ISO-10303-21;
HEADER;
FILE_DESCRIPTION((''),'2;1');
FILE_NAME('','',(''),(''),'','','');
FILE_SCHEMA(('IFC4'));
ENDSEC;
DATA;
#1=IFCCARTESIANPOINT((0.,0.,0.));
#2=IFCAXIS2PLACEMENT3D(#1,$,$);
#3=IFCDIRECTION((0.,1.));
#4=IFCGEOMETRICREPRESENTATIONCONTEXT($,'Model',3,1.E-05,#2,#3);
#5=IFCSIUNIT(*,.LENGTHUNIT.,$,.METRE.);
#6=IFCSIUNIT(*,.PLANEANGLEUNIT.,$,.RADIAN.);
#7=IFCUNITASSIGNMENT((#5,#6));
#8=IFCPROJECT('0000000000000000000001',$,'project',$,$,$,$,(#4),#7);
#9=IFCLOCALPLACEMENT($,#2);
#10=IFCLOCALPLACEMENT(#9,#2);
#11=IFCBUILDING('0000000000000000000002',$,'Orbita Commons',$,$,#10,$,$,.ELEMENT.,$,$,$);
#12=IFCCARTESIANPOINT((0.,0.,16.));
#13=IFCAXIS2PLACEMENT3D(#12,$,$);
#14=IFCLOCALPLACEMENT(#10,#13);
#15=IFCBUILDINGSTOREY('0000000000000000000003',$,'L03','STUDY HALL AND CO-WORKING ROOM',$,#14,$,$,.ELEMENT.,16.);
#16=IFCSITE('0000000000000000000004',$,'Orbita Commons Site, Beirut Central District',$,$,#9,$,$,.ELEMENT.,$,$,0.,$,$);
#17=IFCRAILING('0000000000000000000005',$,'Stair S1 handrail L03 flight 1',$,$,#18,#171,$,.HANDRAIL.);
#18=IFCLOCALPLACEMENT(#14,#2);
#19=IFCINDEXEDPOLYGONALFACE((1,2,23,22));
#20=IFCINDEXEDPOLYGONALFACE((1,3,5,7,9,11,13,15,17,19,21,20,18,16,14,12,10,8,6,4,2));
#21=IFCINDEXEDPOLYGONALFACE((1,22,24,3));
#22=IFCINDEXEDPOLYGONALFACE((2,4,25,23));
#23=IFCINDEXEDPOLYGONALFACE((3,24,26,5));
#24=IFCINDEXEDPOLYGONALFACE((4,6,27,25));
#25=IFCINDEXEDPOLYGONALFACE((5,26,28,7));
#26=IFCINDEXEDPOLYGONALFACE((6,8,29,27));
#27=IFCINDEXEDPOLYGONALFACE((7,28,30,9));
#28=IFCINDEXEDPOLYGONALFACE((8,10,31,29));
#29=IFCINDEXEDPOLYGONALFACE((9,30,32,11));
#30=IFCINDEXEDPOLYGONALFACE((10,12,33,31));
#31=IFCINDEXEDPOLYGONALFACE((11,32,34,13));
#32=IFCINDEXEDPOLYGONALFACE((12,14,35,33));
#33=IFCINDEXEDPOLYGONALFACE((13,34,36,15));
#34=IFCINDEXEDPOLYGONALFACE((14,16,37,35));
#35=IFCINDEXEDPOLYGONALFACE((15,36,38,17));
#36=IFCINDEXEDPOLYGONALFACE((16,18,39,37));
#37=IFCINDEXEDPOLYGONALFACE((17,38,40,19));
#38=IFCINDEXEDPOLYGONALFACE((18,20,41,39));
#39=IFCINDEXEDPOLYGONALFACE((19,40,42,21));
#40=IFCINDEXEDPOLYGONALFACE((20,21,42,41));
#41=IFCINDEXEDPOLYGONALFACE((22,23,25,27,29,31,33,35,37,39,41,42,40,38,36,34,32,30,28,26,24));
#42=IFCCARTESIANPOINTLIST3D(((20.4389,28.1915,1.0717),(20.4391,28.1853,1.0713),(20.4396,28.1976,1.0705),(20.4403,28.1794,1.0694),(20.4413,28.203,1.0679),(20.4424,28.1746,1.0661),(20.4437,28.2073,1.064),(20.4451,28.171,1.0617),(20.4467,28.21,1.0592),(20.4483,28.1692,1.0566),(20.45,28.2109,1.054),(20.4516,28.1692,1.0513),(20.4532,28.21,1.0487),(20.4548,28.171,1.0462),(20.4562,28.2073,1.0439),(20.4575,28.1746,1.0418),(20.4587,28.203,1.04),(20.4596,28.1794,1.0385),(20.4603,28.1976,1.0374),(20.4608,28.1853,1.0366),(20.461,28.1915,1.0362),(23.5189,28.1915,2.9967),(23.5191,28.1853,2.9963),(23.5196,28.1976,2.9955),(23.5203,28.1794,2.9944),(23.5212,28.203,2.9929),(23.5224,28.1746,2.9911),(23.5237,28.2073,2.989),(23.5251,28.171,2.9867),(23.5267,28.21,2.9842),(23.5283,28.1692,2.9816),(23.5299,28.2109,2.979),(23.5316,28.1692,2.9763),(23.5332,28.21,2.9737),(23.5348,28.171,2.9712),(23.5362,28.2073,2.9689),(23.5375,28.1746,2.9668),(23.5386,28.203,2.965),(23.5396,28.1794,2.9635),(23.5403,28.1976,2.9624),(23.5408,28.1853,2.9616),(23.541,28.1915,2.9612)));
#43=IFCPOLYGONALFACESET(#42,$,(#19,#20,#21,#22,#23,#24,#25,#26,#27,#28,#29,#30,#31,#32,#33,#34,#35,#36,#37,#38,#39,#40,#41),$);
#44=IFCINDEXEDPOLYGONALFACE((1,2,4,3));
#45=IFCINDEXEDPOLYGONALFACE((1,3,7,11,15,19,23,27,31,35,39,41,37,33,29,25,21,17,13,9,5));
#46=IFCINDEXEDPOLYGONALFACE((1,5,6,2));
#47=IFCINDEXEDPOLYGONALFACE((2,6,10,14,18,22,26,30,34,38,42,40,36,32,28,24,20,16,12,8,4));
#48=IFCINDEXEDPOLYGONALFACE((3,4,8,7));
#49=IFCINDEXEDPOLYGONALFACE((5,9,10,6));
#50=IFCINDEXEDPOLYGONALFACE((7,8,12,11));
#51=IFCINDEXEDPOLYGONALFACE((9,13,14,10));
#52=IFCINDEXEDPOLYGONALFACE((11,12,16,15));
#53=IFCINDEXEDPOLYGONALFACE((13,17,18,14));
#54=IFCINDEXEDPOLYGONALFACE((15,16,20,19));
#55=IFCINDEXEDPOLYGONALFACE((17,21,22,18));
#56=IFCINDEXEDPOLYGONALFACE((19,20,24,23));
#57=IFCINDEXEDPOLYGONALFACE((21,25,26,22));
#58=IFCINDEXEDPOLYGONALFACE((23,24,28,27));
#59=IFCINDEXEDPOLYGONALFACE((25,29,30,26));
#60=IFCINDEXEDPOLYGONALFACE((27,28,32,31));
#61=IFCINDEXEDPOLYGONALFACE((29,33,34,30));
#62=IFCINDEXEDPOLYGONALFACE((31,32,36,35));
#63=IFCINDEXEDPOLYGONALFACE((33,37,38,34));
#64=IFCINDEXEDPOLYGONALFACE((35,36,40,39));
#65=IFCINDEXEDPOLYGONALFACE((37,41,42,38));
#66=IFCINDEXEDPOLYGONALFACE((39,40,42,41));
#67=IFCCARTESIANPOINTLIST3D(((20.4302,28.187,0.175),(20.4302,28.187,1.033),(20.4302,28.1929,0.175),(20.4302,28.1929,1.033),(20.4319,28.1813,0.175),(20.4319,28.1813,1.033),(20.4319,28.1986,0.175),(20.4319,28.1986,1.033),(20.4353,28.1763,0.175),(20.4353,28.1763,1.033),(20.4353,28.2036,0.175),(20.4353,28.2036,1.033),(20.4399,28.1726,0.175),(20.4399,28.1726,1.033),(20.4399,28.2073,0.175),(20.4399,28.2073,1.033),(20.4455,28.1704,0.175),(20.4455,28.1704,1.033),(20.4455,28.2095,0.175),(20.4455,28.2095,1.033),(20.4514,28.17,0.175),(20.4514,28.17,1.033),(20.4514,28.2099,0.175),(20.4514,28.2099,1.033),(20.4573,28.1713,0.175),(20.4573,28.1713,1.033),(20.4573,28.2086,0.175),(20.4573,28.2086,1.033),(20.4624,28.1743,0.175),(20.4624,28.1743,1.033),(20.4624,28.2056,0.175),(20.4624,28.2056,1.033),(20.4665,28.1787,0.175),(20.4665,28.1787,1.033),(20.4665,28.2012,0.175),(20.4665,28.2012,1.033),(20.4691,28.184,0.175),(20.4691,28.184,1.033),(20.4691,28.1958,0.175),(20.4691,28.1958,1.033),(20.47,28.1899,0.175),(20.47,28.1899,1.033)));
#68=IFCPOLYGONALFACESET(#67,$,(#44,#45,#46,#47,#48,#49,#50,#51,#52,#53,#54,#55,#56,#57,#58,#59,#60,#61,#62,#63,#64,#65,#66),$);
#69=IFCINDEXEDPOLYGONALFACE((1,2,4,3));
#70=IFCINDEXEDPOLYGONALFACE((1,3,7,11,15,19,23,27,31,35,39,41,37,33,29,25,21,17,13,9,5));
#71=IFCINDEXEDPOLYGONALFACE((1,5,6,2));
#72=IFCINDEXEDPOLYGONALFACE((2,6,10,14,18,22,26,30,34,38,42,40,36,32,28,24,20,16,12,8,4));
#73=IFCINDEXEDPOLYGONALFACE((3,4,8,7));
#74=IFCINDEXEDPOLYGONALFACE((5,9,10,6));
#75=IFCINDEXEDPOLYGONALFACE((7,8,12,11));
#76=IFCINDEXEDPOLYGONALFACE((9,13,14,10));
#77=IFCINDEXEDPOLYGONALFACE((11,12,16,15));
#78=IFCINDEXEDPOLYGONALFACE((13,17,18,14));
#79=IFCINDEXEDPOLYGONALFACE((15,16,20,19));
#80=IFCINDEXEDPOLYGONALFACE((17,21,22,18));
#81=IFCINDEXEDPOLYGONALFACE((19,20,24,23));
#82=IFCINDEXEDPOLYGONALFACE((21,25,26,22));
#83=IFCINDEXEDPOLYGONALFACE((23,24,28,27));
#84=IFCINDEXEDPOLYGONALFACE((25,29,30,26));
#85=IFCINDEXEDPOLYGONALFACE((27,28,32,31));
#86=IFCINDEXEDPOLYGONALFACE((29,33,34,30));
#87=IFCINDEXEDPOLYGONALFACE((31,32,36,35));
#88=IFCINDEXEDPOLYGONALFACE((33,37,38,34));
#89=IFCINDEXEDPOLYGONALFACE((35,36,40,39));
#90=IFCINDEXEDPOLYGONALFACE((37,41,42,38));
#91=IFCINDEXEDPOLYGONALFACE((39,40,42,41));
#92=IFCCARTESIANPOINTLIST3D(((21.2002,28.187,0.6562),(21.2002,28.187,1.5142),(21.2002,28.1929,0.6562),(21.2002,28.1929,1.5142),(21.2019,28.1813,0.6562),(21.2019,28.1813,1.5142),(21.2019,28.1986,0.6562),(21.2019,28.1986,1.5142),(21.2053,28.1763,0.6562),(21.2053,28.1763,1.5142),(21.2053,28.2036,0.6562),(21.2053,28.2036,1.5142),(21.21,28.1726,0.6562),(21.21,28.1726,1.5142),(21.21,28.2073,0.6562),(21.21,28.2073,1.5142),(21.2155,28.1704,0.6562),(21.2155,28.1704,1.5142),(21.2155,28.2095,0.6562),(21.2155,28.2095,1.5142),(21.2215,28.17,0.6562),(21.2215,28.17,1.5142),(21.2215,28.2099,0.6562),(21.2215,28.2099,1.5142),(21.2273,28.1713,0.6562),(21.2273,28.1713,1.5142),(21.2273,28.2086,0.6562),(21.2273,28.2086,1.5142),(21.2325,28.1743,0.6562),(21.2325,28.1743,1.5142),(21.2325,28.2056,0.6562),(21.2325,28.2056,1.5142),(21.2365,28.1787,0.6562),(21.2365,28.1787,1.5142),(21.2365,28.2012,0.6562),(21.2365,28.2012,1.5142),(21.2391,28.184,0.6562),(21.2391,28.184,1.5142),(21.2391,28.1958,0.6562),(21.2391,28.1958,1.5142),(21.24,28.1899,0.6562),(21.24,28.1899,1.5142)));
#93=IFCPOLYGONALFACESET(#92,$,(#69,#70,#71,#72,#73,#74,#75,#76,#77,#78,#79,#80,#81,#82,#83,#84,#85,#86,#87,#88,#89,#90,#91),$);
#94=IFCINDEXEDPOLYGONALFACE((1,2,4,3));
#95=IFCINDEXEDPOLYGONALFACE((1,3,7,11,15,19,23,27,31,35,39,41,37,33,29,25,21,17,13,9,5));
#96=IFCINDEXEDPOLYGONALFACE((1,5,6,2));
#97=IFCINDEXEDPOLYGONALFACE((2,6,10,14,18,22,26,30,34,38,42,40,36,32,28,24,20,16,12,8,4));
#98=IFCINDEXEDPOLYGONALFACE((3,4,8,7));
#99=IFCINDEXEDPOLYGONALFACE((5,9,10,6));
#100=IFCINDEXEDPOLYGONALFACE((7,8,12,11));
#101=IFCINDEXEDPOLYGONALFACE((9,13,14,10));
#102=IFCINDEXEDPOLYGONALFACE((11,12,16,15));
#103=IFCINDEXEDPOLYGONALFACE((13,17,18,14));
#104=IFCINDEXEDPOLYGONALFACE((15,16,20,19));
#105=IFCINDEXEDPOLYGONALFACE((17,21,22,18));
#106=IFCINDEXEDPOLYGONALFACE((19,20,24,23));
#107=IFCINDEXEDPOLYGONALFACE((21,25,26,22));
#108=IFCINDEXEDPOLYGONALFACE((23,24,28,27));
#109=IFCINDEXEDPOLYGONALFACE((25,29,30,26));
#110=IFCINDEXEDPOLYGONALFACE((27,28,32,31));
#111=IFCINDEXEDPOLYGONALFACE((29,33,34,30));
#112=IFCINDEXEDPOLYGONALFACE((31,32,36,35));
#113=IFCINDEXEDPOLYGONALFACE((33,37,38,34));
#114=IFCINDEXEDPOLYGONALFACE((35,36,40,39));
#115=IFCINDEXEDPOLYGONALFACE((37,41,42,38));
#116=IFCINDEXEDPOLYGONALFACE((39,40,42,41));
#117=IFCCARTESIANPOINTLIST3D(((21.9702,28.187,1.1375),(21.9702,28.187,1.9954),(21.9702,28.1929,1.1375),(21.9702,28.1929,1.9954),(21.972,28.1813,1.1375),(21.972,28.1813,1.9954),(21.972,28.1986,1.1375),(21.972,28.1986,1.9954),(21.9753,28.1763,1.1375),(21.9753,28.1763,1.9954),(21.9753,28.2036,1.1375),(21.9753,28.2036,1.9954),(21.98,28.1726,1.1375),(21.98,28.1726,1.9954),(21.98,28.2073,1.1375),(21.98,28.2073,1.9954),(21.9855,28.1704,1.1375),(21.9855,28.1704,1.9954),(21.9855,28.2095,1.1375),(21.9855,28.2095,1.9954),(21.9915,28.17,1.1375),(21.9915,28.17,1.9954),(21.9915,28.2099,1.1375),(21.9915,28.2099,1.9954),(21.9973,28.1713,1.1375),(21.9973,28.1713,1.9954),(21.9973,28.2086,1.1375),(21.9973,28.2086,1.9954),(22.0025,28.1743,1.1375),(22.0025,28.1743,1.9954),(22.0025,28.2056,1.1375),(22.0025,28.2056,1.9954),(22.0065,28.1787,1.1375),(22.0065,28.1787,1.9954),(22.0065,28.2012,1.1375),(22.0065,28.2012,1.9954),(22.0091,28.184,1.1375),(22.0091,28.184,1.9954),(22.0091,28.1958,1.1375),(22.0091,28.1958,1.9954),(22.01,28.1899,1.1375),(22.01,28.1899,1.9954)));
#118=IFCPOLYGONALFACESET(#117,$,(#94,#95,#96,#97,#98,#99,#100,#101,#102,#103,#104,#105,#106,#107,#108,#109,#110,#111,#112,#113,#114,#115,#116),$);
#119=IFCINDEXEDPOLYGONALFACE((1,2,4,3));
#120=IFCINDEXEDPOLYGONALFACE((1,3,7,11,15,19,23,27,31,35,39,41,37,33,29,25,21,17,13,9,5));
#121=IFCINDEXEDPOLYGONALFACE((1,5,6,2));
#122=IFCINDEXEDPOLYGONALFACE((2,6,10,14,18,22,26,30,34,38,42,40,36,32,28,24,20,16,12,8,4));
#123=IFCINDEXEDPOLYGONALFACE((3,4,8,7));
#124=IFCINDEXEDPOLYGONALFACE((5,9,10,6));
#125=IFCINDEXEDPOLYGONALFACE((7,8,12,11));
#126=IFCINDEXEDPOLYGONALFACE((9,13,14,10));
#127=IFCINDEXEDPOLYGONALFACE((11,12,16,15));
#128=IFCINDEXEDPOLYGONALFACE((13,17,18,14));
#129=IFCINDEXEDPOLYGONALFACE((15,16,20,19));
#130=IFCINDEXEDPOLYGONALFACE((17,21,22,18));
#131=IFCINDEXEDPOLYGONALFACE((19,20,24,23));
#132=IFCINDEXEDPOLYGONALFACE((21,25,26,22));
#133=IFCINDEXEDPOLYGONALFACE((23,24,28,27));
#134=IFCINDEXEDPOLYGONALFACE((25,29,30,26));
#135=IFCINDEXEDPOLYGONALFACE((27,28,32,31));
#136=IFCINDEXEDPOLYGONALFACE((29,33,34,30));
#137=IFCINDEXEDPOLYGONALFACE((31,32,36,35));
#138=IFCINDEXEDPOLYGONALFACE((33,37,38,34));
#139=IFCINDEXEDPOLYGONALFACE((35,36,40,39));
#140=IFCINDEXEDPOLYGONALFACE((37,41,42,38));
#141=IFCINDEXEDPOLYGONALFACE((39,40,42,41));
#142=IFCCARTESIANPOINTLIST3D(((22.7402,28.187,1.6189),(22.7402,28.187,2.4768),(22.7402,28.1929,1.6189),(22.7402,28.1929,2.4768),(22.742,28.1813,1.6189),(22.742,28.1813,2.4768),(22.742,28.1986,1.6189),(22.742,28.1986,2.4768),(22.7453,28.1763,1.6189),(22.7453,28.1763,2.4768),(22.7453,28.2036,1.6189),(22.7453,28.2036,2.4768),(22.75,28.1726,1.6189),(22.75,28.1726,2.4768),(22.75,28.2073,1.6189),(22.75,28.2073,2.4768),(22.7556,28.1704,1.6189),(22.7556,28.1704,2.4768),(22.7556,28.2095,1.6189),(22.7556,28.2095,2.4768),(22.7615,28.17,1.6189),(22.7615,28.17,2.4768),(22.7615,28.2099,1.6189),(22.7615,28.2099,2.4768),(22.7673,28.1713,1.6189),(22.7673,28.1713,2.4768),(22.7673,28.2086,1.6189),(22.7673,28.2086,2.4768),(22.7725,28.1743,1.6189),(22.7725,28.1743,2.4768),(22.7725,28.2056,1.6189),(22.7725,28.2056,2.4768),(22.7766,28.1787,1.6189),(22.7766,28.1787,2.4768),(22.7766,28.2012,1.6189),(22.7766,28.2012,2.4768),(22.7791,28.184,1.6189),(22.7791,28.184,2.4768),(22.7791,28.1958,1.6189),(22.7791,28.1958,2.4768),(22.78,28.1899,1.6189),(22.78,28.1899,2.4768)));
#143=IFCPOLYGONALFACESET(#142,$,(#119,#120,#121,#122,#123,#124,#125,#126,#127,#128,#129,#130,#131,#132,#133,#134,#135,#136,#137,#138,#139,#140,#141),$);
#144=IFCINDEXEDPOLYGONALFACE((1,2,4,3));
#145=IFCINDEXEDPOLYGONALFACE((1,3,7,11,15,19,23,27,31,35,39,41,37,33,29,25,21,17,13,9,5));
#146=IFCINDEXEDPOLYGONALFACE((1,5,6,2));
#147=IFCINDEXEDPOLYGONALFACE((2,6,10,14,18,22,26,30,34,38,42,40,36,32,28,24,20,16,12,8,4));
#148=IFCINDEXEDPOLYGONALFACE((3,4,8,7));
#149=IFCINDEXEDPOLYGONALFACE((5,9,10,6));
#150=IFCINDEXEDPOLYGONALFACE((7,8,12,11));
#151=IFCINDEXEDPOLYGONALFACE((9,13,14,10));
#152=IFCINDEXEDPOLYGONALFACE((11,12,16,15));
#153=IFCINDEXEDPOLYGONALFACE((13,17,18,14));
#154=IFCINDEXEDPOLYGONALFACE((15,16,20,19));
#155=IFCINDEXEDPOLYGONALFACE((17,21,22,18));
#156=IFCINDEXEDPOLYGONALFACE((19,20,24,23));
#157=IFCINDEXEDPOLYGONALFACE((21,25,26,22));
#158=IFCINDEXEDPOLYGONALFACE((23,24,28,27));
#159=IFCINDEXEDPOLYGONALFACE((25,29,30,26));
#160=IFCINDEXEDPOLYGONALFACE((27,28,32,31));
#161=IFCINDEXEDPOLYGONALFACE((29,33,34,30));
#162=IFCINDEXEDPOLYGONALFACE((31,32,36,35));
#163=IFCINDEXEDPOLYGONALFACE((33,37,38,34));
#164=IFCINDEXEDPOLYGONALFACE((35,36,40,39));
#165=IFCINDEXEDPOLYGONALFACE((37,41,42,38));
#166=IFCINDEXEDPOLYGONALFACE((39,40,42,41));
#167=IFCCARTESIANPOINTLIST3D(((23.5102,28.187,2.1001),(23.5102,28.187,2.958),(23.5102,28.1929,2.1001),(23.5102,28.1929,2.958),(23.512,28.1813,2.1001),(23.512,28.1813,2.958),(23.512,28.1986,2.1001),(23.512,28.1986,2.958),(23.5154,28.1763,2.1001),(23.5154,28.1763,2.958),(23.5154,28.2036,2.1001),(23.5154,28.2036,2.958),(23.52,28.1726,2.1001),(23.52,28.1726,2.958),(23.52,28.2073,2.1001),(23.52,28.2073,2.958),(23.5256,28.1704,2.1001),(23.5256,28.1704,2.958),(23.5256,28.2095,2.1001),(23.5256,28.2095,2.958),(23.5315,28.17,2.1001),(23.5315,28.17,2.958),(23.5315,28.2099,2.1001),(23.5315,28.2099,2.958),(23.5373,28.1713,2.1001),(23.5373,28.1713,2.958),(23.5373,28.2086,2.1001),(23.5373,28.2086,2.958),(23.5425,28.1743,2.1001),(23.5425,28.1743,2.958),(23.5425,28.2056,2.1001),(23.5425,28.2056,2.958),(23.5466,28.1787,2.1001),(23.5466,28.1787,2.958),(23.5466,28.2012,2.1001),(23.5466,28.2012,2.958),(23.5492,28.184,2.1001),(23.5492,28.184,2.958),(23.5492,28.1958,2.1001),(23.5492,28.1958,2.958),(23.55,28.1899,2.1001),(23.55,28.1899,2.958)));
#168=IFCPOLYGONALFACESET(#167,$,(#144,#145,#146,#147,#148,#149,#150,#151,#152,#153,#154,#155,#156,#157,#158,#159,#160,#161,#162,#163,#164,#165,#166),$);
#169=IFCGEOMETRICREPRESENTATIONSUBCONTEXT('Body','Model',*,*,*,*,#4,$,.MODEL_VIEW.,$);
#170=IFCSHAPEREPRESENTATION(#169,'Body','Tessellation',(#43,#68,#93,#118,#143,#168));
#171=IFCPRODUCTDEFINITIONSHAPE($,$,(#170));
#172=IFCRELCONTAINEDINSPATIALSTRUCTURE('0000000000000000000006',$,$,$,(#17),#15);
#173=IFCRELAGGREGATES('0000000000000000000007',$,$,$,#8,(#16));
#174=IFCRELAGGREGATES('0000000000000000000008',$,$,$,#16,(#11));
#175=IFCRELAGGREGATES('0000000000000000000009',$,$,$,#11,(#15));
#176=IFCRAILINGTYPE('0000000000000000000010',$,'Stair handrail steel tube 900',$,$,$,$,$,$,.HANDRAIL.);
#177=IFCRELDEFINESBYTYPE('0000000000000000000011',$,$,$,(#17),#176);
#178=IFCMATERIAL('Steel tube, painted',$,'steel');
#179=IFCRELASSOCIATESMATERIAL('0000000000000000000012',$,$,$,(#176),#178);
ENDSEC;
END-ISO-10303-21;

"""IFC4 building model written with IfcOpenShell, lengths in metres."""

from ifc_helpers import new_model, si_unit, direction, frame, origin, origin_2d, place, context, subcontext, project, spatial, circle, extrude, material, type_object, element, save


model = new_model("IFC4")

# Units and contexts
model_context = context("Model", 3, precision=1e-05, world=origin(), true_north=direction((0.0, 1.0)))
body_context = subcontext(model_context, "Body", "Model", "MODEL_VIEW")
ifc_project = project(units=[si_unit("LENGTHUNIT", "METRE"), si_unit("PLANEANGLEUNIT", "RADIAN")], contexts=[model_context])

# Site, building, storey
site_placement = place(None, origin())
site = spatial("IfcSite", under=ifc_project, at=site_placement, Name="Orbita Commons Site, Beirut Central District", CompositionType="ELEMENT", RefElevation=0.0)
building_placement = place(site_placement, origin())
building = spatial("IfcBuilding", under=site, at=building_placement, Name="Orbita Commons", CompositionType="ELEMENT")
storey_placement = place(building_placement, frame((0.0, 0.0, 16.0)))
storey = spatial("IfcBuildingStorey", under=building, at=storey_placement, Name="L03", Description="STUDY HALL AND CO-WORKING ROOM", CompositionType="ELEMENT", Elevation=16.0)

# Railing
ifc_material_1 = material(Name="Steel tube, painted", Category="steel")
railing_type = type_object("IfcRailingType", Name="Stair handrail steel tube 900", PredefinedType="HANDRAIL", material=ifc_material_1)
for number, where, name in (
    (1, (20.45, 28.1899, 0.175), "Stair S1 handrail L03 flight 1"),
):
    element("IfcRailing", number, at=place(storey_placement, frame(where)), inside=storey, type_object=railing_type, Name=name, PredefinedType="HANDRAIL", context=body_context, shape_type="SweptSolid", body=[
        extrude(circle(Radius=0.021, at=origin_2d()), frame((0.0, 0.0, 0.8789), z_axis=(0.847998, 0.0, 0.529999), x_axis=(0.0, 1.0, 0.0)), (0.0, 0.0, 1.0), 3.6321),
        extrude(circle(Radius=0.02, at=origin_2d()), origin(), (0.0, 0.0, 1.0), 0.8579),
        extrude(circle(Radius=0.02, at=origin_2d()), frame((0.77, 0.0, 0.4812)), (0.0, 0.0, 1.0), 0.8579),
        extrude(circle(Radius=0.02, at=origin_2d()), frame((1.54, 0.0, 0.9624)), (0.0, 0.0, 1.0), 0.8579),
        extrude(circle(Radius=0.02, at=origin_2d()), frame((2.3101, 0.0, 1.4438)), (0.0, 0.0, 1.0), 0.8579),
        extrude(circle(Radius=0.02, at=origin_2d()), frame((3.0801, 0.0, 1.925)), (0.0, 0.0, 1.0), 0.8579),
    ])

save(model, "model.ifc")
